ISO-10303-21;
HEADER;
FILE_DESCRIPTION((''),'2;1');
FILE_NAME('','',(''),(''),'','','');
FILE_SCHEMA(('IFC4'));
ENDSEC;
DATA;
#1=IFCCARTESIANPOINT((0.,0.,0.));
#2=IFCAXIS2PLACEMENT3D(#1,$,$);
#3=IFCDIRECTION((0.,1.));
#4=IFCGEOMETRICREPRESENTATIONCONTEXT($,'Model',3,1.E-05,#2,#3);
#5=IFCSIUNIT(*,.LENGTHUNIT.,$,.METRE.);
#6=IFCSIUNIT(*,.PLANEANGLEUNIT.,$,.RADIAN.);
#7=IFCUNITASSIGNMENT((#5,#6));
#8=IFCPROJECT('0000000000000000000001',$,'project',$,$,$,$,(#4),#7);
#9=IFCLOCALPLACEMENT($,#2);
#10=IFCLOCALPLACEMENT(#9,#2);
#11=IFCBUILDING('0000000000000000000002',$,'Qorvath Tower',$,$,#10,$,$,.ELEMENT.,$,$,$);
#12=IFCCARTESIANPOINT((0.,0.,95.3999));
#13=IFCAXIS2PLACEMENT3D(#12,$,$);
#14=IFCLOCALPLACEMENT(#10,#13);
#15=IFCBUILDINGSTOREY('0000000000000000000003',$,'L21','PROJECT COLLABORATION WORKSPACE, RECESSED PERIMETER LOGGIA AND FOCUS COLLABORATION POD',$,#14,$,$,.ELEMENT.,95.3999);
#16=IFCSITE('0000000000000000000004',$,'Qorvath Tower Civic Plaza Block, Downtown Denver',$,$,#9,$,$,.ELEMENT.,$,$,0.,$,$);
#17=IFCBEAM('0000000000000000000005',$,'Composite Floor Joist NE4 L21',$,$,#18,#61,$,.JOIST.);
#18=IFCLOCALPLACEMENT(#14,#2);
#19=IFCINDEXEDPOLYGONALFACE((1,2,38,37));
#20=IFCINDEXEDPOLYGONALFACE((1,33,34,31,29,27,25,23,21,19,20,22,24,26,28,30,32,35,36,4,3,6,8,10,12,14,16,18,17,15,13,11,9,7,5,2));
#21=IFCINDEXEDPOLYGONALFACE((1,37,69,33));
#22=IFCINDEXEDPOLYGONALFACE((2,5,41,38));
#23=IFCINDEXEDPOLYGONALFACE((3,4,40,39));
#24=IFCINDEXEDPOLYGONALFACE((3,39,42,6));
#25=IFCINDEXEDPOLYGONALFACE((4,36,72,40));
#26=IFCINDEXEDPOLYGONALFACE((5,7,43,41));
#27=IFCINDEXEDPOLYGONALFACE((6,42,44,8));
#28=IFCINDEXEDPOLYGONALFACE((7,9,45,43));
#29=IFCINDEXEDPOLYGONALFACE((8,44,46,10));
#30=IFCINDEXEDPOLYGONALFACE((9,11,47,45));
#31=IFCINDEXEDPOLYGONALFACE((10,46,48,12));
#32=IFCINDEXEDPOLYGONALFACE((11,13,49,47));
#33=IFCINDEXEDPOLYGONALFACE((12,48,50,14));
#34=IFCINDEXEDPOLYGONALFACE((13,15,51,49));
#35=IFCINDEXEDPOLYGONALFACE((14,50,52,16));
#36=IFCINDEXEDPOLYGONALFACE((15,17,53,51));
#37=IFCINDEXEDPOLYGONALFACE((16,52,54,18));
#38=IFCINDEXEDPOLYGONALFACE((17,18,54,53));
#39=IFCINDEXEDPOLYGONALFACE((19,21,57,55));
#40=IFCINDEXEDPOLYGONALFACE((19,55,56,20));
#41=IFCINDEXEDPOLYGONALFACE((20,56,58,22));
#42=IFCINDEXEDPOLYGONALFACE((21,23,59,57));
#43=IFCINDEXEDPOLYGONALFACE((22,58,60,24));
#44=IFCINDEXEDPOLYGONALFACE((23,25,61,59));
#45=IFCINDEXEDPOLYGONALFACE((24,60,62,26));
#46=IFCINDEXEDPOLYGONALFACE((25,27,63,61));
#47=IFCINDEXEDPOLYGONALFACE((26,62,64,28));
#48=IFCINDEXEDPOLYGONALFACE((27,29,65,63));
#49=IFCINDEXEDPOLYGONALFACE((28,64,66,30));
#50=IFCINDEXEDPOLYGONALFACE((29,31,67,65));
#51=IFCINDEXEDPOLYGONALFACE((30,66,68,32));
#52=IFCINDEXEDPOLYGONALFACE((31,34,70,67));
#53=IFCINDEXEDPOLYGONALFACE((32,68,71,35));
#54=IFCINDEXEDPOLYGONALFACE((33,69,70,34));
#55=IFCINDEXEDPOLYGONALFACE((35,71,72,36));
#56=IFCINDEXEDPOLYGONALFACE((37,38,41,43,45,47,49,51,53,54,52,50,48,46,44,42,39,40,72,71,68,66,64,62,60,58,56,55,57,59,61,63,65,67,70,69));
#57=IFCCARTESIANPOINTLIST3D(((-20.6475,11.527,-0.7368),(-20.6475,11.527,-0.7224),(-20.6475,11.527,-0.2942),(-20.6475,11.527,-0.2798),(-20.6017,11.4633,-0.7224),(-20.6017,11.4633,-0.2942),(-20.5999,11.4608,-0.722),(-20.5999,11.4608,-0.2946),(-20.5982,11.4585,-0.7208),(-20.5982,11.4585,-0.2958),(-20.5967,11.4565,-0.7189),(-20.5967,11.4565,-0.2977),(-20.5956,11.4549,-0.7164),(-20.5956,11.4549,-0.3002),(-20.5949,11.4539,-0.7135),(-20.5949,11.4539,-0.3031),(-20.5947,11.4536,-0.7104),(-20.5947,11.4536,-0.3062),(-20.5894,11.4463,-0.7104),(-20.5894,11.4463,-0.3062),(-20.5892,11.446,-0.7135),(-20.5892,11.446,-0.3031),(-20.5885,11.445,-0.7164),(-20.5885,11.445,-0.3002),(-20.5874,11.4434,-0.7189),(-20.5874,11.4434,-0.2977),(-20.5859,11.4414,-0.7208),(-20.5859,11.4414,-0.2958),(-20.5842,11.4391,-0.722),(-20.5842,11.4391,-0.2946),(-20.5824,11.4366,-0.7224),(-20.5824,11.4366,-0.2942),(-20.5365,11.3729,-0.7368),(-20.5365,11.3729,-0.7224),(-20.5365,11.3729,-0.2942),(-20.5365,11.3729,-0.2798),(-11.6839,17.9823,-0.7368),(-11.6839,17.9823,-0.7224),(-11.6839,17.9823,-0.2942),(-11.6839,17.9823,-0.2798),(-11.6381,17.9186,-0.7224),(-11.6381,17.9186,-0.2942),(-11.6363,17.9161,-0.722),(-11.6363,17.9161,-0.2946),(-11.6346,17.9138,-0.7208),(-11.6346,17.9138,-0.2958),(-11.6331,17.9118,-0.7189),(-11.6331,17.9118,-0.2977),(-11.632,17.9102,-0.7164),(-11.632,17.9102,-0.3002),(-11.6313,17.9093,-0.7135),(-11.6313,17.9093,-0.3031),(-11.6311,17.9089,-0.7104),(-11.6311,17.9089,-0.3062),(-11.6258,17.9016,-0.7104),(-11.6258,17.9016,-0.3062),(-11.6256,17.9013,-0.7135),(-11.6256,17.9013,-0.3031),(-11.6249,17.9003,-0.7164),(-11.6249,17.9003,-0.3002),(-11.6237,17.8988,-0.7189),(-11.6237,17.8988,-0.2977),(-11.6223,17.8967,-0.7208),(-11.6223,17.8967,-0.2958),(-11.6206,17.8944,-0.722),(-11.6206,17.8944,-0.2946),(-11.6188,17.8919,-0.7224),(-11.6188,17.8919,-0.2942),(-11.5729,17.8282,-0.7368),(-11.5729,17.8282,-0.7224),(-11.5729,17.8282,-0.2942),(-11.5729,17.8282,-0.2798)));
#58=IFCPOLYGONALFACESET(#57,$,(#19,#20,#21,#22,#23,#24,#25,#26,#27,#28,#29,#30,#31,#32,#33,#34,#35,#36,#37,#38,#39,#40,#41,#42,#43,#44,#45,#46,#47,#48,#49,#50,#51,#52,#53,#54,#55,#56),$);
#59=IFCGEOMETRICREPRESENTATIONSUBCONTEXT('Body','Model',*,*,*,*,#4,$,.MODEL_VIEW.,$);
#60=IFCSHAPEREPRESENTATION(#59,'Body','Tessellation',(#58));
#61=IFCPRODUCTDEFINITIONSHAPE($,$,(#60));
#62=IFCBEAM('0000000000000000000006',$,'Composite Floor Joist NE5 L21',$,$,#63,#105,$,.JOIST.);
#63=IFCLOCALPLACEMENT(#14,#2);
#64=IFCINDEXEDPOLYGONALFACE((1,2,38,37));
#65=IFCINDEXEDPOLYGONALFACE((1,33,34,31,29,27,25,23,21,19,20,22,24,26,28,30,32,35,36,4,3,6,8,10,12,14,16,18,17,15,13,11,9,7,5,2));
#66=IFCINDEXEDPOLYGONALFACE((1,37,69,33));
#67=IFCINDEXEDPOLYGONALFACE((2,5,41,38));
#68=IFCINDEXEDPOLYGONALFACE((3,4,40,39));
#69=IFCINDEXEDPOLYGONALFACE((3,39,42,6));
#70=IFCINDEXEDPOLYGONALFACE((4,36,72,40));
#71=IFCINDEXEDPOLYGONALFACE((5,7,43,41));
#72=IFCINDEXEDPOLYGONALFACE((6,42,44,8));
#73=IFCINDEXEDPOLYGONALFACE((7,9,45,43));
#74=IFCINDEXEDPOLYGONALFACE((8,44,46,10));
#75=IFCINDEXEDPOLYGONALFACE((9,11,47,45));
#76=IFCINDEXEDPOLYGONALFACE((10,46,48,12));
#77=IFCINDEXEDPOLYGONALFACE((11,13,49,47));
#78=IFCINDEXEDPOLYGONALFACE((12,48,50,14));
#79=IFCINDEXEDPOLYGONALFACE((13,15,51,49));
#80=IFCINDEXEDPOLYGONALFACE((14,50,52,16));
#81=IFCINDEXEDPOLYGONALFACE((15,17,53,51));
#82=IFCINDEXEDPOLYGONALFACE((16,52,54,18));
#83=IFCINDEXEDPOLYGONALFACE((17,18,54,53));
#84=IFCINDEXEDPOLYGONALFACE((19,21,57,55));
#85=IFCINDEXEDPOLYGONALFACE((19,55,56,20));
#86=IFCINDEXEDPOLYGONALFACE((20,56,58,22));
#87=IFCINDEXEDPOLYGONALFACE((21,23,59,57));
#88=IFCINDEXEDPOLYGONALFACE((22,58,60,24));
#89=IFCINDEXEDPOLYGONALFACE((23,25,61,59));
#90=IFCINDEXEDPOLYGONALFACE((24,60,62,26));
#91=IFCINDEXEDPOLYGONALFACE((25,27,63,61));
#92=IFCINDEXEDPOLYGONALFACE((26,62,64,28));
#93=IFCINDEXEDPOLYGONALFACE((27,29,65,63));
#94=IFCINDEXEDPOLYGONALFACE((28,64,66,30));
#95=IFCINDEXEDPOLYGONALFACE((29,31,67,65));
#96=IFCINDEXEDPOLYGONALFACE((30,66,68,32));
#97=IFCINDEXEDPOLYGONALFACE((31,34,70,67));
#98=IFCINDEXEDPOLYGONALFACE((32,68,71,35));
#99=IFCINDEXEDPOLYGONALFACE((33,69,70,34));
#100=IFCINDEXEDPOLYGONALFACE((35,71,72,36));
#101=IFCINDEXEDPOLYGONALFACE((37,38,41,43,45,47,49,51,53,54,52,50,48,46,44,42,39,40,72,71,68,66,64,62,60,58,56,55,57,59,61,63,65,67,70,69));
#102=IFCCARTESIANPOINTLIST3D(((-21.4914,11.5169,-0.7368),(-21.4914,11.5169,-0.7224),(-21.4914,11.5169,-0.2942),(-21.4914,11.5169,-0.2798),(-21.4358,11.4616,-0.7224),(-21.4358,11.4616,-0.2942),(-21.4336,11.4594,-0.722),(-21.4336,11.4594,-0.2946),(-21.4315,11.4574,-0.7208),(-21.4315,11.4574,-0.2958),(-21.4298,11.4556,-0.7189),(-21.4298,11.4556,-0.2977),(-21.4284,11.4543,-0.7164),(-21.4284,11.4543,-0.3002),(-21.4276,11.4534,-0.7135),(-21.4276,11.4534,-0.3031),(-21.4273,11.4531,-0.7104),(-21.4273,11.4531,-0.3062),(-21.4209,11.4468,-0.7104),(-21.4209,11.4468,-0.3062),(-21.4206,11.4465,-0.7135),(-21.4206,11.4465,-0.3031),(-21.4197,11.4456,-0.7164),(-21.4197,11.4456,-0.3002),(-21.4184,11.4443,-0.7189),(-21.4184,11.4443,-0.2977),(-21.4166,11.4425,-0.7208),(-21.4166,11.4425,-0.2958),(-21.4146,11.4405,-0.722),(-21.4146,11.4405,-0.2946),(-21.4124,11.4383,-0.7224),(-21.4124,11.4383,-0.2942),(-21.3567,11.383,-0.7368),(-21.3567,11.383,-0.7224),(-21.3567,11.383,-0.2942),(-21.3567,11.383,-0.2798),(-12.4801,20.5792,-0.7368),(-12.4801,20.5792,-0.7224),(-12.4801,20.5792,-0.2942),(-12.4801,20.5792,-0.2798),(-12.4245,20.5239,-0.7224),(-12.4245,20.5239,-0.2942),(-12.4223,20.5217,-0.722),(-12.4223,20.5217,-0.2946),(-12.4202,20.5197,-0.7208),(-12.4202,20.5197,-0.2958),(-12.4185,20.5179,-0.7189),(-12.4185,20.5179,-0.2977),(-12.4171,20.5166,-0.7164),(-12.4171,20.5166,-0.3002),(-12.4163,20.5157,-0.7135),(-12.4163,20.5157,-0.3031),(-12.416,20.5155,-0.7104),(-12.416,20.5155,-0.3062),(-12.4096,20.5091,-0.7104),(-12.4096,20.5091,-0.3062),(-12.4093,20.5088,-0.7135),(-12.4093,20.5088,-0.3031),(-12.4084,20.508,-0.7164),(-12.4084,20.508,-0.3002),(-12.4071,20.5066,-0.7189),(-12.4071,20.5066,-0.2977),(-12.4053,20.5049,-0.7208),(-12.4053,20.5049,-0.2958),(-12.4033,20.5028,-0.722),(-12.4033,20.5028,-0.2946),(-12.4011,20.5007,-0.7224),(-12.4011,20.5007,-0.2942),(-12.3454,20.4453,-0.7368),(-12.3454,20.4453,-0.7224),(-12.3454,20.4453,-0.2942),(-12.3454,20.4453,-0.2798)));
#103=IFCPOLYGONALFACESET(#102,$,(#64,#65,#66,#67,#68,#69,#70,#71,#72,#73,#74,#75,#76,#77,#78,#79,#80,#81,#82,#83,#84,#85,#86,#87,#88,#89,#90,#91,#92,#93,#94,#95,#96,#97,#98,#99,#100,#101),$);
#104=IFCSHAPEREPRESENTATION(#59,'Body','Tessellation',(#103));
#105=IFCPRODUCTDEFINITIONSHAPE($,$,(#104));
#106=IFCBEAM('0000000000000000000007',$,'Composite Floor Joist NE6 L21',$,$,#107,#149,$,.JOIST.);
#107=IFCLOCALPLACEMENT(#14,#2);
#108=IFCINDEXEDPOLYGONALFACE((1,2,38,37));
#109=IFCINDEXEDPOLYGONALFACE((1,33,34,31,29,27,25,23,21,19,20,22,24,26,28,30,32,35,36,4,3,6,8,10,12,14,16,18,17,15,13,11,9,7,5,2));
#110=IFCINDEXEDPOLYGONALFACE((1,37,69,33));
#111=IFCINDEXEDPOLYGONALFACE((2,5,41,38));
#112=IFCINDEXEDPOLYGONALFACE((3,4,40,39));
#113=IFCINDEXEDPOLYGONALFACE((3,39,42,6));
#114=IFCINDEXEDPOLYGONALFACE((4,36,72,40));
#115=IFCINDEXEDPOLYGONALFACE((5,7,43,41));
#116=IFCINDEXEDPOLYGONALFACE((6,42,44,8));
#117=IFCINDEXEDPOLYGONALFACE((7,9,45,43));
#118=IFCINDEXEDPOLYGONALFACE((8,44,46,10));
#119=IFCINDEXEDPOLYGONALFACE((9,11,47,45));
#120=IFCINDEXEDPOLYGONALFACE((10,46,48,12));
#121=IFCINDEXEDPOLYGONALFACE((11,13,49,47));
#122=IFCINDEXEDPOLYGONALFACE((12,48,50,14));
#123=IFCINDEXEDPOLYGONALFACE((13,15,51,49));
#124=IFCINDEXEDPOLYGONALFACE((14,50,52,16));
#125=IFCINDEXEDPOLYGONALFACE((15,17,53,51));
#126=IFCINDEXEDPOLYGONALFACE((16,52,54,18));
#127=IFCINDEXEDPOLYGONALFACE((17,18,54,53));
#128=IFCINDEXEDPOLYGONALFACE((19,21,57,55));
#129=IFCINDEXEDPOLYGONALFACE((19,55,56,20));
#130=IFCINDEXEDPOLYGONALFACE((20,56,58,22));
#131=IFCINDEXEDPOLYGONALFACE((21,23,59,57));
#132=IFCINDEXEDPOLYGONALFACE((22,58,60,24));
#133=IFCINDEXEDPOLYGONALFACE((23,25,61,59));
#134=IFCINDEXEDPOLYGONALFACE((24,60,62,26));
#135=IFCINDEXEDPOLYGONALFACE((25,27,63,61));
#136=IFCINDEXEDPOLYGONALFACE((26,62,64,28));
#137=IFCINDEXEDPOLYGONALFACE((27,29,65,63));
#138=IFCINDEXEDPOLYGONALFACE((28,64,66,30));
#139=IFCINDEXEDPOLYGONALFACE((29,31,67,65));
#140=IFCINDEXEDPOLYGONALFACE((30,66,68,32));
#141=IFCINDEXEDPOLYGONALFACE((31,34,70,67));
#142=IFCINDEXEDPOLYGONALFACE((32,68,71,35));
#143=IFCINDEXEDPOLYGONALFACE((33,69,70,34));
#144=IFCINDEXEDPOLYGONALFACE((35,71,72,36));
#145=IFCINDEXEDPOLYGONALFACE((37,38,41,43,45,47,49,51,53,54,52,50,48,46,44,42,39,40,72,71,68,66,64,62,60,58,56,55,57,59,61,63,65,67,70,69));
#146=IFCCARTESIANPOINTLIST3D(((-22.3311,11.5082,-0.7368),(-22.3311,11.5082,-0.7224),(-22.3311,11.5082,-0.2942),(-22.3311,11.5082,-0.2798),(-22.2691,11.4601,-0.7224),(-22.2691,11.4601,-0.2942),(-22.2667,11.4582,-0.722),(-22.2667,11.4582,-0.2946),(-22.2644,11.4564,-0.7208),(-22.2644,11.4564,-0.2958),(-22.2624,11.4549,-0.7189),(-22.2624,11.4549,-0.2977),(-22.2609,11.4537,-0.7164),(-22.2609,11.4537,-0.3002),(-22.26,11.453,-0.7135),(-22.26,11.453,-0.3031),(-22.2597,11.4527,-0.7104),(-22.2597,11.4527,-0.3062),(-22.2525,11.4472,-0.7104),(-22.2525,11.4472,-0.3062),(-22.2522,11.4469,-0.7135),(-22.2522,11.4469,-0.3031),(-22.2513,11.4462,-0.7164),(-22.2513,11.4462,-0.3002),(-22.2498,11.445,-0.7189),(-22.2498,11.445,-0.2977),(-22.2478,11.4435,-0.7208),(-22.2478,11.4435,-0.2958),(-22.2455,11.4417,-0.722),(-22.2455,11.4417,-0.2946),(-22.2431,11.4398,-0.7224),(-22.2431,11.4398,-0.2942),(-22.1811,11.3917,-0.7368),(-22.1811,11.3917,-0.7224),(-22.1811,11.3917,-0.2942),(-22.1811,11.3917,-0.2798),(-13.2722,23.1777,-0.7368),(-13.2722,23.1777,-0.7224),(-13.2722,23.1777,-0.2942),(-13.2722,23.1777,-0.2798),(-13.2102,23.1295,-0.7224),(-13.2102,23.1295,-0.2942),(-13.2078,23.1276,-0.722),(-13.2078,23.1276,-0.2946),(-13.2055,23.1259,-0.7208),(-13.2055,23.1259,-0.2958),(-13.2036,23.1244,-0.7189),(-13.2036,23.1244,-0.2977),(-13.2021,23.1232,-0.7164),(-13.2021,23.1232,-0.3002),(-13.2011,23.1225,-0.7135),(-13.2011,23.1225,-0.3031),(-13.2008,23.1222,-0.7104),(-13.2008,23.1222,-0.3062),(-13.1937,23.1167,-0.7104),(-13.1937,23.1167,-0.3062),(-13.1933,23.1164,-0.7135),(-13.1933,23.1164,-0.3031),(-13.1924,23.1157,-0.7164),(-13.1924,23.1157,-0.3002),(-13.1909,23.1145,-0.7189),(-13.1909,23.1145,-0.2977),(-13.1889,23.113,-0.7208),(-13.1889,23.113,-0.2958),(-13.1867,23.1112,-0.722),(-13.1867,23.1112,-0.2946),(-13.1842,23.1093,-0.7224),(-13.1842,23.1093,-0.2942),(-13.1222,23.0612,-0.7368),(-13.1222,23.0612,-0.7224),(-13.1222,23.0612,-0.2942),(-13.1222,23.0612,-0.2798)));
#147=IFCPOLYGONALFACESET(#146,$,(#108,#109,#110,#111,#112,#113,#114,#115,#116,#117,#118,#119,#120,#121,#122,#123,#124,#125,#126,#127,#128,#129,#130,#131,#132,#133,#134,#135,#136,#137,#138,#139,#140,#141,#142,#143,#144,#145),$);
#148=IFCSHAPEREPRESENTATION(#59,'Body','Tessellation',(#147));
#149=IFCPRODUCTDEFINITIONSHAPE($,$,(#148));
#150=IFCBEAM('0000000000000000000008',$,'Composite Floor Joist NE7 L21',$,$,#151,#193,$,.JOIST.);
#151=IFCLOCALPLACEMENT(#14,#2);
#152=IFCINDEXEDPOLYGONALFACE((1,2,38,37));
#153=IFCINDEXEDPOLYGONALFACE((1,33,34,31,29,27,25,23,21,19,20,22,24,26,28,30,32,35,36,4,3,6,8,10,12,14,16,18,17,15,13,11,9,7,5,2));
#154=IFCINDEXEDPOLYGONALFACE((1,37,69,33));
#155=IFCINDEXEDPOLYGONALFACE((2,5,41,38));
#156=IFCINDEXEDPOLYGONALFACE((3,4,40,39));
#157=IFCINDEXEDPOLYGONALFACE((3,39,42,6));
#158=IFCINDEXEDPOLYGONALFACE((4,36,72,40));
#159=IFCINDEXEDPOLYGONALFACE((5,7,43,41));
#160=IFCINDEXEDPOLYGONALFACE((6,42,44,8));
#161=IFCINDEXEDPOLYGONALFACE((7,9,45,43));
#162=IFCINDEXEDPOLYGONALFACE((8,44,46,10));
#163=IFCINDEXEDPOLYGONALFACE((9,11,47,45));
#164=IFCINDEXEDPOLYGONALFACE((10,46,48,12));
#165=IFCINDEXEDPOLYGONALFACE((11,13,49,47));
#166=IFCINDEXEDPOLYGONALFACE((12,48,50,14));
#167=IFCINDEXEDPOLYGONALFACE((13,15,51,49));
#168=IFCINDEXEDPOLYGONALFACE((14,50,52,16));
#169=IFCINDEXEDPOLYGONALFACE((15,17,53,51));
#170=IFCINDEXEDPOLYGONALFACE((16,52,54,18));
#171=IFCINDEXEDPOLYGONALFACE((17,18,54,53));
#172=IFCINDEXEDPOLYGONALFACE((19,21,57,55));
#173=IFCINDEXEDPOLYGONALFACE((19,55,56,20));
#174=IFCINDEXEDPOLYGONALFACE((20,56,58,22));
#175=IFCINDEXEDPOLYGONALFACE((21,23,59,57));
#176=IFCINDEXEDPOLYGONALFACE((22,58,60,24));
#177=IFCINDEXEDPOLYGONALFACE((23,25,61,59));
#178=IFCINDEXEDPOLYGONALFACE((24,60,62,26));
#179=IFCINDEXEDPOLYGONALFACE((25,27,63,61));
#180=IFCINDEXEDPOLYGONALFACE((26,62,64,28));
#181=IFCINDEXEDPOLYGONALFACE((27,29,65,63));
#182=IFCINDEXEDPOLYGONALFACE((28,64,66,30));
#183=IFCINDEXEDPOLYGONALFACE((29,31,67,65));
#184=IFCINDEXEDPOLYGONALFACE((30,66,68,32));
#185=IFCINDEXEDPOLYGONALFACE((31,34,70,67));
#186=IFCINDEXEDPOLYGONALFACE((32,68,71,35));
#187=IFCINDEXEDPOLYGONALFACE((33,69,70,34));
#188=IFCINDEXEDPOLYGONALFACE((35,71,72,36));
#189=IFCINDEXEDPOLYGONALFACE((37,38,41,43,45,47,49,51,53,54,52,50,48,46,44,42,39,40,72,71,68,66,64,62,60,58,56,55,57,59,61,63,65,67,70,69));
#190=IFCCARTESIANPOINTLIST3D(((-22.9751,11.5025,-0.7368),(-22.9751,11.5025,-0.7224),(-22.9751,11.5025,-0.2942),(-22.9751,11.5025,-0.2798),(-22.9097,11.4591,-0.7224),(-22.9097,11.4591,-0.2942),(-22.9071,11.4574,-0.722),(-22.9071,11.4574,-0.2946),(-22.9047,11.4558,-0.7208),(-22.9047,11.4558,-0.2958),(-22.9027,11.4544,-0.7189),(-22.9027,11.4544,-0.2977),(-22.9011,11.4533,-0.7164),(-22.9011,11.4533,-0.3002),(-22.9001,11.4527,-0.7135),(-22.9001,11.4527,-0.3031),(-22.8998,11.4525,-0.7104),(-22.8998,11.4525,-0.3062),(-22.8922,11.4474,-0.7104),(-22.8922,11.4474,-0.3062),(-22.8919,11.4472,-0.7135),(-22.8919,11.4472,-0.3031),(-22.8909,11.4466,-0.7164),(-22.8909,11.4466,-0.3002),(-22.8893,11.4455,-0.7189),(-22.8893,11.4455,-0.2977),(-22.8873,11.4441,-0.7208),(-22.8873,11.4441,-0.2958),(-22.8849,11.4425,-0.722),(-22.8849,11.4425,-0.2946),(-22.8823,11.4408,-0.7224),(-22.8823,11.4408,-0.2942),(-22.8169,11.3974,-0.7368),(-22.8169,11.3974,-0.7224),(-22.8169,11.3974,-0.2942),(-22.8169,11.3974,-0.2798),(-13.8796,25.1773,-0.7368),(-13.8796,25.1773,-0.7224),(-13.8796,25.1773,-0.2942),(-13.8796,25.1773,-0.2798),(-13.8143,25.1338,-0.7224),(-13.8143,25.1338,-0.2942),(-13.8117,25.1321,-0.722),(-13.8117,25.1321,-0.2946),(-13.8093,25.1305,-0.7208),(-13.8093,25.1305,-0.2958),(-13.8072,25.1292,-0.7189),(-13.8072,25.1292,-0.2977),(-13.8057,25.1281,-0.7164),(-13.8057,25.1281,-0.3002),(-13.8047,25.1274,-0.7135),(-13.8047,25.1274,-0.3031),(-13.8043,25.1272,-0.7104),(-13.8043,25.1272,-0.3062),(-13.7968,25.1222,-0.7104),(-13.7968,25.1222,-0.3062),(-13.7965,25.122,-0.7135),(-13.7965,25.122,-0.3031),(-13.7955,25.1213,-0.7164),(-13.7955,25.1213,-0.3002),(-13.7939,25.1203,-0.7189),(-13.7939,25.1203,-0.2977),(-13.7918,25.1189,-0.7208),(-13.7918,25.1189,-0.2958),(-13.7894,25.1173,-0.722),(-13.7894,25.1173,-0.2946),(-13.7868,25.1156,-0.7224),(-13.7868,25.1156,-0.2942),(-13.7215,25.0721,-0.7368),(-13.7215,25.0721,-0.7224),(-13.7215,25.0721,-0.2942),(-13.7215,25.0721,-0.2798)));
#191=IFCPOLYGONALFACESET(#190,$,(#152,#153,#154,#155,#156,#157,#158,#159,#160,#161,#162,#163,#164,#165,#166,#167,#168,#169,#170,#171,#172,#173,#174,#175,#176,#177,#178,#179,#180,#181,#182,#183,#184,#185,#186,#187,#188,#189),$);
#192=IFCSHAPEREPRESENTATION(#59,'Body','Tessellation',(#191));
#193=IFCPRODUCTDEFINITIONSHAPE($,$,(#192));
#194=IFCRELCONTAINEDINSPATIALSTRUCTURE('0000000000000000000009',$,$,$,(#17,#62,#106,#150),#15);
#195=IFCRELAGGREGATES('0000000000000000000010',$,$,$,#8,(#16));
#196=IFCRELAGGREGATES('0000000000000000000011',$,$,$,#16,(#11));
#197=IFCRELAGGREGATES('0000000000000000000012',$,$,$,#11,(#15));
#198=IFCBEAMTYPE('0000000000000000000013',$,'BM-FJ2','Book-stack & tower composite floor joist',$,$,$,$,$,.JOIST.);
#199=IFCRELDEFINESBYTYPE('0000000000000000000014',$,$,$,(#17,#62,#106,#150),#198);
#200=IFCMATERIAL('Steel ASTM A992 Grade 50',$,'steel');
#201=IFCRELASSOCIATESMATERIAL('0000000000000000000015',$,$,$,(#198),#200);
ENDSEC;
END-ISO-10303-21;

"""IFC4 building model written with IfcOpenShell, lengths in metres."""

from ifc_helpers import new_model, si_unit, direction, frame, origin, origin_2d, place, context, subcontext, project, spatial, i_section, extrude, material, material_profile, profile_set, type_object, element, save


model = new_model("IFC4")

# Units and contexts
model_context = context("Model", 3, precision=1e-05, world=origin(), true_north=direction((0.0, 1.0)))
body_context = subcontext(model_context, "Body", "Model", "MODEL_VIEW")
ifc_project = project(units=[si_unit("LENGTHUNIT", "METRE"), si_unit("PLANEANGLEUNIT", "RADIAN")], contexts=[model_context])

# Site, building, storey
site_placement = place(None, origin())
site = spatial("IfcSite", under=ifc_project, at=site_placement, Name="Qorvath Tower Civic Plaza Block, Downtown Denver", CompositionType="ELEMENT", RefElevation=0.0)
building_placement = place(site_placement, origin())
building = spatial("IfcBuilding", under=site, at=building_placement, Name="Qorvath Tower", CompositionType="ELEMENT")
storey_placement = place(building_placement, frame((0.0, 0.0, 95.3999)))
storey = spatial("IfcBuildingStorey", under=building, at=storey_placement, Name="L21", Description="PROJECT COLLABORATION WORKSPACE, RECESSED PERIMETER LOGGIA AND FOCUS COLLABORATION POD", CompositionType="ELEMENT", Elevation=95.3999)

# Beams
ifc_material_1 = material(Name="Steel ASTM A992 Grade 50", Category="steel")
ifc_material_profile_1 = material_profile(ifc_material_1, i_section(OverallWidth=0.1899, OverallDepth=0.457, WebThickness=0.009, FlangeThickness=0.0144, FilletRadius=0.012, at=origin_2d()), Name="W18x50")
ifc_profile_set_1 = profile_set([ifc_material_profile_1], Name="Steel ASTM A992 Grade 50")
beam_type_1 = type_object("IfcBeamType", Name="BM-FJ2", Description="Book-stack & tower composite floor joist", PredefinedType="JOIST", material=ifc_profile_set_1)
beam_1_placement = place(storey_placement, frame((-20.592, 11.45, -0.5083), z_axis=(0.811469, 0.584395, 0.0), x_axis=(-0.584395, 0.811469, 0.0)))
element("IfcBeam", 1, at=beam_1_placement, inside=storey, type_object=beam_type_1, Name="Composite Floor Joist NE4 L21", PredefinedType="JOIST", context=body_context, shape_type="SweptSolid", body=[
    extrude(i_section(OverallWidth=0.1899, OverallDepth=0.457, WebThickness=0.009, FlangeThickness=0.0144, FilletRadius=0.012, at=origin_2d()), origin(), (0.0, 0.0, 1.0), 11.0461),
])
beam_2_placement = place(storey_placement, frame((-21.4241, 11.45, -0.5083), z_axis=(0.705108, 0.7091, 0.0), x_axis=(-0.7091, 0.705108, 0.0)))
element("IfcBeam", 2, at=beam_2_placement, inside=storey, type_object=beam_type_1, Name="Composite Floor Joist NE5 L21", PredefinedType="JOIST", context=body_context, shape_type="SweptSolid", body=[
    extrude(i_section(OverallWidth=0.1899, OverallDepth=0.457, WebThickness=0.009, FlangeThickness=0.0144, FilletRadius=0.012, at=origin_2d()), origin(), (0.0, 0.0, 1.0), 12.78),
])
beam_3_placement = place(storey_placement, frame((-22.2561, 11.45, -0.5083), z_axis=(0.613207, 0.789922, 0.0), x_axis=(-0.789922, 0.613207, 0.0)))
element("IfcBeam", 3, at=beam_3_placement, inside=storey, type_object=beam_type_1, Name="Composite Floor Joist NE6 L21", PredefinedType="JOIST", context=body_context, shape_type="SweptSolid", body=[
    extrude(i_section(OverallWidth=0.1899, OverallDepth=0.457, WebThickness=0.009, FlangeThickness=0.0144, FilletRadius=0.012, at=origin_2d()), origin(), (0.0, 0.0, 1.0), 14.7729),
])
beam_4_placement = place(storey_placement, frame((-22.896, 11.45, -0.5083), z_axis=(0.553811, 0.832642, 0.0), x_axis=(-0.832642, 0.553811, 0.0)))
element("IfcBeam", 4, at=beam_4_placement, inside=storey, type_object=beam_type_1, Name="Composite Floor Joist NE7 L21", PredefinedType="JOIST", context=body_context, shape_type="SweptSolid", body=[
    extrude(i_section(OverallWidth=0.1899, OverallDepth=0.457, WebThickness=0.009, FlangeThickness=0.0144, FilletRadius=0.012, at=origin_2d()), origin(), (0.0, 0.0, 1.0), 16.4233),
])

save(model, "model.ifc")
